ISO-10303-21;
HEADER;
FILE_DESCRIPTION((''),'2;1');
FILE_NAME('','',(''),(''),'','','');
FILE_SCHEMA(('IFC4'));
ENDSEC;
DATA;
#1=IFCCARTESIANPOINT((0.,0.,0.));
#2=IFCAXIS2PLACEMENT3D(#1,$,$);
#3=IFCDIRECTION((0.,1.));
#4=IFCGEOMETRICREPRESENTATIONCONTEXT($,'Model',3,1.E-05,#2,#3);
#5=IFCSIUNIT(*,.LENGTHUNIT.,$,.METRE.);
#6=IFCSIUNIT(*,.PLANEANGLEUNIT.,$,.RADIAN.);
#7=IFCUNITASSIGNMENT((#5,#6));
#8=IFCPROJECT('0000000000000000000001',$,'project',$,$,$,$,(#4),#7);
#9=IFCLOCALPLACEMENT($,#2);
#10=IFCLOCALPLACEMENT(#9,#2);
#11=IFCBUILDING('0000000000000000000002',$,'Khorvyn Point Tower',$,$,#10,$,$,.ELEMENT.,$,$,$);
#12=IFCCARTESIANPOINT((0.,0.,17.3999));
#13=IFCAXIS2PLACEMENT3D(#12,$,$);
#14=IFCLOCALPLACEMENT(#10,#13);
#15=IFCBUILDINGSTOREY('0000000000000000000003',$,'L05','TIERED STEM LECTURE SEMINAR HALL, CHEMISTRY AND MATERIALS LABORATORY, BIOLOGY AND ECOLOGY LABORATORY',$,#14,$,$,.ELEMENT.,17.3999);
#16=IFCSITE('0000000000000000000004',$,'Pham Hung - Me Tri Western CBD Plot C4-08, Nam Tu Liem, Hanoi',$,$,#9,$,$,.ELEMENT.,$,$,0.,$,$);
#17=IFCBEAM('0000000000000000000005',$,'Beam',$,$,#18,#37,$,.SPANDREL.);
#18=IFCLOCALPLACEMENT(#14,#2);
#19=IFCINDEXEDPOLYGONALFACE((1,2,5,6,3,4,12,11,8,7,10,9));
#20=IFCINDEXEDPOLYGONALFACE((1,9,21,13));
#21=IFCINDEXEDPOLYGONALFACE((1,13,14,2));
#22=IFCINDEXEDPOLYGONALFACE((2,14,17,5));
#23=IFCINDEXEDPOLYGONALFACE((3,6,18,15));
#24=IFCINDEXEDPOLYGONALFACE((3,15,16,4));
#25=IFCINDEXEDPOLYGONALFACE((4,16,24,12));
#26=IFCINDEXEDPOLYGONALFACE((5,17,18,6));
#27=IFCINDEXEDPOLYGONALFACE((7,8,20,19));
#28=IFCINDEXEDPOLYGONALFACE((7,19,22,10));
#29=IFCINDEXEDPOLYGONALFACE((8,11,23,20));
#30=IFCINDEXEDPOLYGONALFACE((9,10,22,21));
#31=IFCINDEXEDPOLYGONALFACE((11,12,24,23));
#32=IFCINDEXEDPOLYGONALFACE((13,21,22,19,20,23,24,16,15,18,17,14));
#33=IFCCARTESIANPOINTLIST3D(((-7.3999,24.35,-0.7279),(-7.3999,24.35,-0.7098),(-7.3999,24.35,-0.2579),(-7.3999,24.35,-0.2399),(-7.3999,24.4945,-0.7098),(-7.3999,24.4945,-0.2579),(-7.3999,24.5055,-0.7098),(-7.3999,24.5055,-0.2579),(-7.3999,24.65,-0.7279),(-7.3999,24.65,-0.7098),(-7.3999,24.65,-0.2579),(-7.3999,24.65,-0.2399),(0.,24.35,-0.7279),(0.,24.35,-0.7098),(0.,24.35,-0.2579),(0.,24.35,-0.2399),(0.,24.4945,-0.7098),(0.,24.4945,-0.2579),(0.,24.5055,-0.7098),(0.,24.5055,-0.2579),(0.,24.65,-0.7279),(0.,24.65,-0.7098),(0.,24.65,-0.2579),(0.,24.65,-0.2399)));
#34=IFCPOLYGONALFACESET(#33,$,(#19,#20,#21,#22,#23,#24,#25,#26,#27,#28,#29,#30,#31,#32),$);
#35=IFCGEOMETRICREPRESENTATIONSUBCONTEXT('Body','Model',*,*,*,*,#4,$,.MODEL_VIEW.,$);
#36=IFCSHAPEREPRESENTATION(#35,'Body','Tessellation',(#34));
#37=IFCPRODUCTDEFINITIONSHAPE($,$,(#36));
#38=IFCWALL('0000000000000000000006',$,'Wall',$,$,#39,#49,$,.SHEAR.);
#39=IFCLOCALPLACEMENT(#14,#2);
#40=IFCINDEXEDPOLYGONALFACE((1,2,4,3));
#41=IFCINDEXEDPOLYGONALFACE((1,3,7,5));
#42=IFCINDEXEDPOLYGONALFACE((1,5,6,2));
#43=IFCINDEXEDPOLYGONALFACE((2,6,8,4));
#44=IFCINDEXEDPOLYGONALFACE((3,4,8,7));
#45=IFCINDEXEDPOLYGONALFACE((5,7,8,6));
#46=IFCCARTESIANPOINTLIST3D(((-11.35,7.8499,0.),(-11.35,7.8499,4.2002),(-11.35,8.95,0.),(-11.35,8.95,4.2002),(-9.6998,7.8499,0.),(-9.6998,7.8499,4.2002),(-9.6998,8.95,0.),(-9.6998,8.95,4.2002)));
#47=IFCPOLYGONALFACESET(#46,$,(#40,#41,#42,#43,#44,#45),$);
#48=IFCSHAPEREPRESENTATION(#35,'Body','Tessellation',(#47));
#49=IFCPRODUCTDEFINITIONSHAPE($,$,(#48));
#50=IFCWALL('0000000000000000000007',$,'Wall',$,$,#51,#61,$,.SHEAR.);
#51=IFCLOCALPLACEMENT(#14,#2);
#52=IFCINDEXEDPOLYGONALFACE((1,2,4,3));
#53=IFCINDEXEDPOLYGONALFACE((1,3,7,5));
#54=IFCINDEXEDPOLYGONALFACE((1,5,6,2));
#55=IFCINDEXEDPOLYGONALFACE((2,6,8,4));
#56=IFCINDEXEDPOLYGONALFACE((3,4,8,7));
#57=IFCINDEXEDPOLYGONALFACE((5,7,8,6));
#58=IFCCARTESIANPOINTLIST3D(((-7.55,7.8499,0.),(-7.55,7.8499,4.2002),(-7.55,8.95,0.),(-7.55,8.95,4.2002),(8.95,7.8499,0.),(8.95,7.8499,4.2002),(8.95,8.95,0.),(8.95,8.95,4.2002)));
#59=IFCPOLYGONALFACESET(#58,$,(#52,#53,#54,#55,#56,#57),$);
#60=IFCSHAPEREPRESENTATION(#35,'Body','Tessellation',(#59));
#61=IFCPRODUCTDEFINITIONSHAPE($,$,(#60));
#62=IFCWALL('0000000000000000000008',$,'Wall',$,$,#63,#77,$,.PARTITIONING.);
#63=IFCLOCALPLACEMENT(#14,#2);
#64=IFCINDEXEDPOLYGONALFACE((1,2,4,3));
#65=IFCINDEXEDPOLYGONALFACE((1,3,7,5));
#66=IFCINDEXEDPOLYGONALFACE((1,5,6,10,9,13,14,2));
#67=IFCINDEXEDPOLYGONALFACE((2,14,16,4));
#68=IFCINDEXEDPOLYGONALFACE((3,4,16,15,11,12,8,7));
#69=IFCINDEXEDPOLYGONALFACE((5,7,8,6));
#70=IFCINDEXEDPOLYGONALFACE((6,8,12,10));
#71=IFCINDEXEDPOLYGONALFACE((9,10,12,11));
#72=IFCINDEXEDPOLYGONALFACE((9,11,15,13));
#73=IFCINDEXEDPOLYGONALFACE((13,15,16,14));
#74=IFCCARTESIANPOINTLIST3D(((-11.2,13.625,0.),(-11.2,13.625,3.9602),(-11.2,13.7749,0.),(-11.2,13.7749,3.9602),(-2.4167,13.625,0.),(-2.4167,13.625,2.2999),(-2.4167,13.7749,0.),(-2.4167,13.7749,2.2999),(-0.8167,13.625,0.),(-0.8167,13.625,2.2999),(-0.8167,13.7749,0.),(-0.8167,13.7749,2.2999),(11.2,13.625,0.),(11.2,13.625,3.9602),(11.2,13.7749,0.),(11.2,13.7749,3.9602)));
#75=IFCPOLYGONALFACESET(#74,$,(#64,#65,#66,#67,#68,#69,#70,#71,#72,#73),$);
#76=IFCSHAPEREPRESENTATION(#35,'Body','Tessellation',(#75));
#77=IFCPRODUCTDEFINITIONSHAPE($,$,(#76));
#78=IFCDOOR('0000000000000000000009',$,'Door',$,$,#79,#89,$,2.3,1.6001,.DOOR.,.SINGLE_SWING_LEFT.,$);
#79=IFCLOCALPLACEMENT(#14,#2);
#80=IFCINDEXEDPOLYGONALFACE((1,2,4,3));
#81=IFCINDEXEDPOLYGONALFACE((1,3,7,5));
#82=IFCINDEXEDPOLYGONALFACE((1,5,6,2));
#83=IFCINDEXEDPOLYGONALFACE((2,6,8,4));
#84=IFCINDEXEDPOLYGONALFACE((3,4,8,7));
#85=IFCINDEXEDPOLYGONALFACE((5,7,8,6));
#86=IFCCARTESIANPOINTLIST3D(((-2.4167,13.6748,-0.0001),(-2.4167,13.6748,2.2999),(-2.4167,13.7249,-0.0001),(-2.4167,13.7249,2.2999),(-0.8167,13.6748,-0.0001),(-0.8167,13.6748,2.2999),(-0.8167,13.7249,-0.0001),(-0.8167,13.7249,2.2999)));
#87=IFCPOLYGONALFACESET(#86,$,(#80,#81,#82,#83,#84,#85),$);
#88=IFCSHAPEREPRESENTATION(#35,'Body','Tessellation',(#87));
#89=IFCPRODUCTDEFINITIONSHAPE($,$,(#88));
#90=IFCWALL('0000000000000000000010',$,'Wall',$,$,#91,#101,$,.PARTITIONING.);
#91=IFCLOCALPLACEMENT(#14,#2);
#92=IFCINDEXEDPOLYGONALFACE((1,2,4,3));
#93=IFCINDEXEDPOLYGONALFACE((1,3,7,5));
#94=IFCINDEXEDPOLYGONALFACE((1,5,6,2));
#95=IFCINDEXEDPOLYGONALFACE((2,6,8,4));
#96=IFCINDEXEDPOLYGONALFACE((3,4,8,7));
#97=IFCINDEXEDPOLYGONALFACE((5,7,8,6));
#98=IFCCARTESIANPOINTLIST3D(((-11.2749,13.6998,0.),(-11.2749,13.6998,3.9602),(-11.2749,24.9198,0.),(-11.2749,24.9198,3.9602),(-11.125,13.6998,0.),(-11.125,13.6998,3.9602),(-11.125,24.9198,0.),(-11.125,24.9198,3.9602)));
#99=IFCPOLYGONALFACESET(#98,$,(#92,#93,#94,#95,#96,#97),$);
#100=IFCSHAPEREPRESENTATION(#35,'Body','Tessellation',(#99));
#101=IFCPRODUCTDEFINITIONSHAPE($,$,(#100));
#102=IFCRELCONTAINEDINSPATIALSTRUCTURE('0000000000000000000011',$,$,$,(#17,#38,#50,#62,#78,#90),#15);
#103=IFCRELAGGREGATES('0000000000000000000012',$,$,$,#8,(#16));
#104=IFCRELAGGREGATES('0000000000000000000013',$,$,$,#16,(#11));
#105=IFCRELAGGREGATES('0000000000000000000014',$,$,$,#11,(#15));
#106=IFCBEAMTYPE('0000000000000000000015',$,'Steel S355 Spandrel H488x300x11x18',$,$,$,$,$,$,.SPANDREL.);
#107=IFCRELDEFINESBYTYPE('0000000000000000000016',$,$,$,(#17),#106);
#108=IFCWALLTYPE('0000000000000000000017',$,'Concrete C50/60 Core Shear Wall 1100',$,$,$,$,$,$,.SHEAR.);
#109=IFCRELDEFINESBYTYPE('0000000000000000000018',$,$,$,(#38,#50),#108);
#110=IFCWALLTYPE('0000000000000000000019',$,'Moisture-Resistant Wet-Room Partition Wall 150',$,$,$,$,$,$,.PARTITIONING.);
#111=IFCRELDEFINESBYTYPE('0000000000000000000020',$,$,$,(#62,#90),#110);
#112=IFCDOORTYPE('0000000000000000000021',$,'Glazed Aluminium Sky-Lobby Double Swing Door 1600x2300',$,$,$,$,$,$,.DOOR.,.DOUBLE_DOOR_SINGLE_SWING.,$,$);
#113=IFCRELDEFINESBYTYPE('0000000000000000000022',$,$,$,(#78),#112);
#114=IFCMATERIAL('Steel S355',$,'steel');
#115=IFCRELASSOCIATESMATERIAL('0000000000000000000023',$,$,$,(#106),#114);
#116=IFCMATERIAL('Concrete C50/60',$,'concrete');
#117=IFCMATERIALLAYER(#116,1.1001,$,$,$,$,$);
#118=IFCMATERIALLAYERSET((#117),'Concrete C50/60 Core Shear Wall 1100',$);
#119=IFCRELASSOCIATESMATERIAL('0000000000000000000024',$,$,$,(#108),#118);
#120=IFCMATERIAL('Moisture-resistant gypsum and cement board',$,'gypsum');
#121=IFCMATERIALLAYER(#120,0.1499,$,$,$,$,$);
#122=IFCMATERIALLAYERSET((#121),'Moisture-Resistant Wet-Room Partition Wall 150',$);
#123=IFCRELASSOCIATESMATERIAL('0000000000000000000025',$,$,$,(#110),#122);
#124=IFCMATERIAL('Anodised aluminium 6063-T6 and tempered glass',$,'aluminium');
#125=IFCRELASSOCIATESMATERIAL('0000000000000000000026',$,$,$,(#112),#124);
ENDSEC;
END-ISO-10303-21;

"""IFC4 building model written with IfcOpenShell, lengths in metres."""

from ifc_helpers import new_model, si_unit, direction, frame, frame_2d, origin, origin_2d, place, context, subcontext, project, spatial, rectangle, i_section, extrude, material, layer, layer_set, material_profile, profile_set, type_object, element, fill, save


model = new_model("IFC4")

# Units and contexts
model_context = context("Model", 3, precision=1e-05, world=origin(), true_north=direction((0.0, 1.0)))
body_context = subcontext(model_context, "Body", "Model", "MODEL_VIEW")
ifc_project = project(units=[si_unit("LENGTHUNIT", "METRE"), si_unit("PLANEANGLEUNIT", "RADIAN")], contexts=[model_context])

# Site, building, storey
site_placement = place(None, origin())
site = spatial("IfcSite", under=ifc_project, at=site_placement, Name="Pham Hung - Me Tri Western CBD Plot C4-08, Nam Tu Liem, Hanoi", CompositionType="ELEMENT", RefElevation=0.0)
building_placement = place(site_placement, origin())
building = spatial("IfcBuilding", under=site, at=building_placement, Name="Khorvyn Point Tower", CompositionType="ELEMENT")
storey_placement = place(building_placement, frame((0.0, 0.0, 17.3999)))
storey = spatial("IfcBuildingStorey", under=building, at=storey_placement, Name="L05", Description="TIERED STEM LECTURE SEMINAR HALL, CHEMISTRY AND MATERIALS LABORATORY, BIOLOGY AND ECOLOGY LABORATORY", CompositionType="ELEMENT", Elevation=17.3999)

# Shared definitions
ifc_material_1 = material(Name="Concrete C50/60", Category="concrete")

# Beam
ifc_material_2 = material(Name="Steel S355", Category="steel")
ifc_material_profile_1 = material_profile(ifc_material_2, i_section(OverallWidth=0.3, OverallDepth=0.488, WebThickness=0.011, FlangeThickness=0.0181, at=origin_2d()))
ifc_profile_set_1 = profile_set([ifc_material_profile_1], Name="Steel S355 H488x300x11x18")
beam_type_1 = type_object("IfcBeamType", Name="Steel S355 Spandrel H488x300x11x18", PredefinedType="SPANDREL", material=ifc_profile_set_1)
beam_1_placement = place(storey_placement, frame((-7.3999, 24.5, -0.4839), z_axis=(1.0, 0.0, 0.0), x_axis=(0.0, 1.0, 0.0)))
element("IfcBeam", 1, at=beam_1_placement, inside=storey, type_object=beam_type_1, Name="Beam", PredefinedType="SPANDREL", context=body_context, shape_type="SweptSolid", body=[
    extrude(i_section(OverallWidth=0.3, OverallDepth=0.488, WebThickness=0.011, FlangeThickness=0.0181, at=origin_2d()), origin(), (0.0, 0.0, 1.0), 7.3999),
])

# Walls
ifc_layer_1 = layer(ifc_material_1, 1.1001)
ifc_layer_set_1 = layer_set([ifc_layer_1], Name="Concrete C50/60 Core Shear Wall 1100")
wall_type_1 = type_object("IfcWallType", Name="Concrete C50/60 Core Shear Wall 1100", PredefinedType="SHEAR", material=ifc_layer_set_1)
wall_1_placement = place(storey_placement, frame((-11.3501, 8.3999, 0.0), z_axis=(0.0, 0.0, 1.0), x_axis=(1.0, 0.0, 0.0)))
element("IfcWall", 2, at=wall_1_placement, inside=storey, type_object=wall_type_1, Name="Wall", PredefinedType="SHEAR", context=body_context, shape_type="SweptSolid", body=[
    extrude(rectangle(XDim=1.6501, YDim=1.1001, at=frame_2d((0.8252, 0.0))), origin(), (0.0, 0.0, 1.0), 4.2002),
])
wall_2_placement = place(storey_placement, frame((-7.55, 8.3999, 0.0), z_axis=(0.0, 0.0, 1.0), x_axis=(1.0, 0.0, 0.0)))
element("IfcWall", 3, at=wall_2_placement, inside=storey, type_object=wall_type_1, Name="Wall", PredefinedType="SHEAR", context=body_context, shape_type="SweptSolid", body=[
    extrude(rectangle(XDim=16.5, YDim=1.1001, at=frame_2d((8.25, 0.0))), origin(), (0.0, 0.0, 1.0), 4.2002),
])

# Wall, opening, door
ifc_material_3 = material(Name="Moisture-resistant gypsum and cement board", Category="gypsum")
ifc_layer_2 = layer(ifc_material_3, 0.1499)
ifc_layer_set_2 = layer_set([ifc_layer_2], Name="Moisture-Resistant Wet-Room Partition Wall 150")
wall_type_2 = type_object("IfcWallType", Name="Moisture-Resistant Wet-Room Partition Wall 150", PredefinedType="PARTITIONING", material=ifc_layer_set_2)
wall_3_placement = place(storey_placement, frame((-11.2, 13.7, 0.0), z_axis=(0.0, 0.0, 1.0), x_axis=(1.0, 0.0, 0.0)))
wall_3 = element("IfcWall", 4, at=wall_3_placement, inside=storey, type_object=wall_type_2, Name="Wall", PredefinedType="PARTITIONING", context=body_context, shape_type="SweptSolid", body=[
    extrude(rectangle(XDim=22.3999, YDim=0.1499, at=frame_2d((11.2, 0.0))), origin(), (0.0, 0.0, 1.0), 3.9602),
])
opening_1_placement = place(wall_3_placement, frame((8.7832, 0.0, 0.0)))
opening_1 = element("IfcOpeningElement", 5, at=opening_1_placement, cuts=wall_3, PredefinedType="OPENING", context=body_context, shape_type="SweptSolid", body=[
    extrude(rectangle(XDim=1.6001, YDim=2.3, at=frame_2d((0.8, 1.1499))), frame((0.0, 0.085, 0.0), z_axis=(0.0, -1.0, 0.0), x_axis=(1.0, 0.0, 0.0)), (0.0, 0.0, 1.0), 0.1699),
])
ifc_material_4 = material(Name="Anodised aluminium 6063-T6 and tempered glass", Category="aluminium")
door_type_1 = type_object("IfcDoorType", Name="Glazed Aluminium Sky-Lobby Double Swing Door 1600x2300", OperationType="DOUBLE_DOOR_SINGLE_SWING", PredefinedType="DOOR", material=ifc_material_4)
door_1_placement = place(opening_1_placement, origin())
door_1 = element("IfcDoor", 6, at=door_1_placement, inside=storey, type_object=door_type_1, Name="Door", OperationType="SINGLE_SWING_LEFT", OverallHeight=2.3, OverallWidth=1.6001, PredefinedType="DOOR", context=body_context, shape_type="SweptSolid", body=[
    extrude(rectangle(XDim=1.6001, YDim=2.3, at=frame_2d((0.8, 1.1499))), frame((0.0, 0.0249, 0.0), z_axis=(0.0, -1.0, 0.0), x_axis=(1.0, 0.0, 0.0)), (0.0, 0.0, 1.0), 0.05),
])
fill(opening_1, door_1)

# Wall
wall_4_placement = place(storey_placement, frame((-11.2, 13.7, 0.0), z_axis=(0.0, 0.0, 1.0), x_axis=(0.0, 1.0, 0.0)))
element("IfcWall", 7, at=wall_4_placement, inside=storey, type_object=wall_type_2, Name="Wall", PredefinedType="PARTITIONING", context=body_context, shape_type="SweptSolid", body=[
    extrude(rectangle(XDim=11.22, YDim=0.1499, at=frame_2d((5.6099, 0.0))), origin(), (0.0, 0.0, 1.0), 3.9602),
])

save(model, "model.ifc")
